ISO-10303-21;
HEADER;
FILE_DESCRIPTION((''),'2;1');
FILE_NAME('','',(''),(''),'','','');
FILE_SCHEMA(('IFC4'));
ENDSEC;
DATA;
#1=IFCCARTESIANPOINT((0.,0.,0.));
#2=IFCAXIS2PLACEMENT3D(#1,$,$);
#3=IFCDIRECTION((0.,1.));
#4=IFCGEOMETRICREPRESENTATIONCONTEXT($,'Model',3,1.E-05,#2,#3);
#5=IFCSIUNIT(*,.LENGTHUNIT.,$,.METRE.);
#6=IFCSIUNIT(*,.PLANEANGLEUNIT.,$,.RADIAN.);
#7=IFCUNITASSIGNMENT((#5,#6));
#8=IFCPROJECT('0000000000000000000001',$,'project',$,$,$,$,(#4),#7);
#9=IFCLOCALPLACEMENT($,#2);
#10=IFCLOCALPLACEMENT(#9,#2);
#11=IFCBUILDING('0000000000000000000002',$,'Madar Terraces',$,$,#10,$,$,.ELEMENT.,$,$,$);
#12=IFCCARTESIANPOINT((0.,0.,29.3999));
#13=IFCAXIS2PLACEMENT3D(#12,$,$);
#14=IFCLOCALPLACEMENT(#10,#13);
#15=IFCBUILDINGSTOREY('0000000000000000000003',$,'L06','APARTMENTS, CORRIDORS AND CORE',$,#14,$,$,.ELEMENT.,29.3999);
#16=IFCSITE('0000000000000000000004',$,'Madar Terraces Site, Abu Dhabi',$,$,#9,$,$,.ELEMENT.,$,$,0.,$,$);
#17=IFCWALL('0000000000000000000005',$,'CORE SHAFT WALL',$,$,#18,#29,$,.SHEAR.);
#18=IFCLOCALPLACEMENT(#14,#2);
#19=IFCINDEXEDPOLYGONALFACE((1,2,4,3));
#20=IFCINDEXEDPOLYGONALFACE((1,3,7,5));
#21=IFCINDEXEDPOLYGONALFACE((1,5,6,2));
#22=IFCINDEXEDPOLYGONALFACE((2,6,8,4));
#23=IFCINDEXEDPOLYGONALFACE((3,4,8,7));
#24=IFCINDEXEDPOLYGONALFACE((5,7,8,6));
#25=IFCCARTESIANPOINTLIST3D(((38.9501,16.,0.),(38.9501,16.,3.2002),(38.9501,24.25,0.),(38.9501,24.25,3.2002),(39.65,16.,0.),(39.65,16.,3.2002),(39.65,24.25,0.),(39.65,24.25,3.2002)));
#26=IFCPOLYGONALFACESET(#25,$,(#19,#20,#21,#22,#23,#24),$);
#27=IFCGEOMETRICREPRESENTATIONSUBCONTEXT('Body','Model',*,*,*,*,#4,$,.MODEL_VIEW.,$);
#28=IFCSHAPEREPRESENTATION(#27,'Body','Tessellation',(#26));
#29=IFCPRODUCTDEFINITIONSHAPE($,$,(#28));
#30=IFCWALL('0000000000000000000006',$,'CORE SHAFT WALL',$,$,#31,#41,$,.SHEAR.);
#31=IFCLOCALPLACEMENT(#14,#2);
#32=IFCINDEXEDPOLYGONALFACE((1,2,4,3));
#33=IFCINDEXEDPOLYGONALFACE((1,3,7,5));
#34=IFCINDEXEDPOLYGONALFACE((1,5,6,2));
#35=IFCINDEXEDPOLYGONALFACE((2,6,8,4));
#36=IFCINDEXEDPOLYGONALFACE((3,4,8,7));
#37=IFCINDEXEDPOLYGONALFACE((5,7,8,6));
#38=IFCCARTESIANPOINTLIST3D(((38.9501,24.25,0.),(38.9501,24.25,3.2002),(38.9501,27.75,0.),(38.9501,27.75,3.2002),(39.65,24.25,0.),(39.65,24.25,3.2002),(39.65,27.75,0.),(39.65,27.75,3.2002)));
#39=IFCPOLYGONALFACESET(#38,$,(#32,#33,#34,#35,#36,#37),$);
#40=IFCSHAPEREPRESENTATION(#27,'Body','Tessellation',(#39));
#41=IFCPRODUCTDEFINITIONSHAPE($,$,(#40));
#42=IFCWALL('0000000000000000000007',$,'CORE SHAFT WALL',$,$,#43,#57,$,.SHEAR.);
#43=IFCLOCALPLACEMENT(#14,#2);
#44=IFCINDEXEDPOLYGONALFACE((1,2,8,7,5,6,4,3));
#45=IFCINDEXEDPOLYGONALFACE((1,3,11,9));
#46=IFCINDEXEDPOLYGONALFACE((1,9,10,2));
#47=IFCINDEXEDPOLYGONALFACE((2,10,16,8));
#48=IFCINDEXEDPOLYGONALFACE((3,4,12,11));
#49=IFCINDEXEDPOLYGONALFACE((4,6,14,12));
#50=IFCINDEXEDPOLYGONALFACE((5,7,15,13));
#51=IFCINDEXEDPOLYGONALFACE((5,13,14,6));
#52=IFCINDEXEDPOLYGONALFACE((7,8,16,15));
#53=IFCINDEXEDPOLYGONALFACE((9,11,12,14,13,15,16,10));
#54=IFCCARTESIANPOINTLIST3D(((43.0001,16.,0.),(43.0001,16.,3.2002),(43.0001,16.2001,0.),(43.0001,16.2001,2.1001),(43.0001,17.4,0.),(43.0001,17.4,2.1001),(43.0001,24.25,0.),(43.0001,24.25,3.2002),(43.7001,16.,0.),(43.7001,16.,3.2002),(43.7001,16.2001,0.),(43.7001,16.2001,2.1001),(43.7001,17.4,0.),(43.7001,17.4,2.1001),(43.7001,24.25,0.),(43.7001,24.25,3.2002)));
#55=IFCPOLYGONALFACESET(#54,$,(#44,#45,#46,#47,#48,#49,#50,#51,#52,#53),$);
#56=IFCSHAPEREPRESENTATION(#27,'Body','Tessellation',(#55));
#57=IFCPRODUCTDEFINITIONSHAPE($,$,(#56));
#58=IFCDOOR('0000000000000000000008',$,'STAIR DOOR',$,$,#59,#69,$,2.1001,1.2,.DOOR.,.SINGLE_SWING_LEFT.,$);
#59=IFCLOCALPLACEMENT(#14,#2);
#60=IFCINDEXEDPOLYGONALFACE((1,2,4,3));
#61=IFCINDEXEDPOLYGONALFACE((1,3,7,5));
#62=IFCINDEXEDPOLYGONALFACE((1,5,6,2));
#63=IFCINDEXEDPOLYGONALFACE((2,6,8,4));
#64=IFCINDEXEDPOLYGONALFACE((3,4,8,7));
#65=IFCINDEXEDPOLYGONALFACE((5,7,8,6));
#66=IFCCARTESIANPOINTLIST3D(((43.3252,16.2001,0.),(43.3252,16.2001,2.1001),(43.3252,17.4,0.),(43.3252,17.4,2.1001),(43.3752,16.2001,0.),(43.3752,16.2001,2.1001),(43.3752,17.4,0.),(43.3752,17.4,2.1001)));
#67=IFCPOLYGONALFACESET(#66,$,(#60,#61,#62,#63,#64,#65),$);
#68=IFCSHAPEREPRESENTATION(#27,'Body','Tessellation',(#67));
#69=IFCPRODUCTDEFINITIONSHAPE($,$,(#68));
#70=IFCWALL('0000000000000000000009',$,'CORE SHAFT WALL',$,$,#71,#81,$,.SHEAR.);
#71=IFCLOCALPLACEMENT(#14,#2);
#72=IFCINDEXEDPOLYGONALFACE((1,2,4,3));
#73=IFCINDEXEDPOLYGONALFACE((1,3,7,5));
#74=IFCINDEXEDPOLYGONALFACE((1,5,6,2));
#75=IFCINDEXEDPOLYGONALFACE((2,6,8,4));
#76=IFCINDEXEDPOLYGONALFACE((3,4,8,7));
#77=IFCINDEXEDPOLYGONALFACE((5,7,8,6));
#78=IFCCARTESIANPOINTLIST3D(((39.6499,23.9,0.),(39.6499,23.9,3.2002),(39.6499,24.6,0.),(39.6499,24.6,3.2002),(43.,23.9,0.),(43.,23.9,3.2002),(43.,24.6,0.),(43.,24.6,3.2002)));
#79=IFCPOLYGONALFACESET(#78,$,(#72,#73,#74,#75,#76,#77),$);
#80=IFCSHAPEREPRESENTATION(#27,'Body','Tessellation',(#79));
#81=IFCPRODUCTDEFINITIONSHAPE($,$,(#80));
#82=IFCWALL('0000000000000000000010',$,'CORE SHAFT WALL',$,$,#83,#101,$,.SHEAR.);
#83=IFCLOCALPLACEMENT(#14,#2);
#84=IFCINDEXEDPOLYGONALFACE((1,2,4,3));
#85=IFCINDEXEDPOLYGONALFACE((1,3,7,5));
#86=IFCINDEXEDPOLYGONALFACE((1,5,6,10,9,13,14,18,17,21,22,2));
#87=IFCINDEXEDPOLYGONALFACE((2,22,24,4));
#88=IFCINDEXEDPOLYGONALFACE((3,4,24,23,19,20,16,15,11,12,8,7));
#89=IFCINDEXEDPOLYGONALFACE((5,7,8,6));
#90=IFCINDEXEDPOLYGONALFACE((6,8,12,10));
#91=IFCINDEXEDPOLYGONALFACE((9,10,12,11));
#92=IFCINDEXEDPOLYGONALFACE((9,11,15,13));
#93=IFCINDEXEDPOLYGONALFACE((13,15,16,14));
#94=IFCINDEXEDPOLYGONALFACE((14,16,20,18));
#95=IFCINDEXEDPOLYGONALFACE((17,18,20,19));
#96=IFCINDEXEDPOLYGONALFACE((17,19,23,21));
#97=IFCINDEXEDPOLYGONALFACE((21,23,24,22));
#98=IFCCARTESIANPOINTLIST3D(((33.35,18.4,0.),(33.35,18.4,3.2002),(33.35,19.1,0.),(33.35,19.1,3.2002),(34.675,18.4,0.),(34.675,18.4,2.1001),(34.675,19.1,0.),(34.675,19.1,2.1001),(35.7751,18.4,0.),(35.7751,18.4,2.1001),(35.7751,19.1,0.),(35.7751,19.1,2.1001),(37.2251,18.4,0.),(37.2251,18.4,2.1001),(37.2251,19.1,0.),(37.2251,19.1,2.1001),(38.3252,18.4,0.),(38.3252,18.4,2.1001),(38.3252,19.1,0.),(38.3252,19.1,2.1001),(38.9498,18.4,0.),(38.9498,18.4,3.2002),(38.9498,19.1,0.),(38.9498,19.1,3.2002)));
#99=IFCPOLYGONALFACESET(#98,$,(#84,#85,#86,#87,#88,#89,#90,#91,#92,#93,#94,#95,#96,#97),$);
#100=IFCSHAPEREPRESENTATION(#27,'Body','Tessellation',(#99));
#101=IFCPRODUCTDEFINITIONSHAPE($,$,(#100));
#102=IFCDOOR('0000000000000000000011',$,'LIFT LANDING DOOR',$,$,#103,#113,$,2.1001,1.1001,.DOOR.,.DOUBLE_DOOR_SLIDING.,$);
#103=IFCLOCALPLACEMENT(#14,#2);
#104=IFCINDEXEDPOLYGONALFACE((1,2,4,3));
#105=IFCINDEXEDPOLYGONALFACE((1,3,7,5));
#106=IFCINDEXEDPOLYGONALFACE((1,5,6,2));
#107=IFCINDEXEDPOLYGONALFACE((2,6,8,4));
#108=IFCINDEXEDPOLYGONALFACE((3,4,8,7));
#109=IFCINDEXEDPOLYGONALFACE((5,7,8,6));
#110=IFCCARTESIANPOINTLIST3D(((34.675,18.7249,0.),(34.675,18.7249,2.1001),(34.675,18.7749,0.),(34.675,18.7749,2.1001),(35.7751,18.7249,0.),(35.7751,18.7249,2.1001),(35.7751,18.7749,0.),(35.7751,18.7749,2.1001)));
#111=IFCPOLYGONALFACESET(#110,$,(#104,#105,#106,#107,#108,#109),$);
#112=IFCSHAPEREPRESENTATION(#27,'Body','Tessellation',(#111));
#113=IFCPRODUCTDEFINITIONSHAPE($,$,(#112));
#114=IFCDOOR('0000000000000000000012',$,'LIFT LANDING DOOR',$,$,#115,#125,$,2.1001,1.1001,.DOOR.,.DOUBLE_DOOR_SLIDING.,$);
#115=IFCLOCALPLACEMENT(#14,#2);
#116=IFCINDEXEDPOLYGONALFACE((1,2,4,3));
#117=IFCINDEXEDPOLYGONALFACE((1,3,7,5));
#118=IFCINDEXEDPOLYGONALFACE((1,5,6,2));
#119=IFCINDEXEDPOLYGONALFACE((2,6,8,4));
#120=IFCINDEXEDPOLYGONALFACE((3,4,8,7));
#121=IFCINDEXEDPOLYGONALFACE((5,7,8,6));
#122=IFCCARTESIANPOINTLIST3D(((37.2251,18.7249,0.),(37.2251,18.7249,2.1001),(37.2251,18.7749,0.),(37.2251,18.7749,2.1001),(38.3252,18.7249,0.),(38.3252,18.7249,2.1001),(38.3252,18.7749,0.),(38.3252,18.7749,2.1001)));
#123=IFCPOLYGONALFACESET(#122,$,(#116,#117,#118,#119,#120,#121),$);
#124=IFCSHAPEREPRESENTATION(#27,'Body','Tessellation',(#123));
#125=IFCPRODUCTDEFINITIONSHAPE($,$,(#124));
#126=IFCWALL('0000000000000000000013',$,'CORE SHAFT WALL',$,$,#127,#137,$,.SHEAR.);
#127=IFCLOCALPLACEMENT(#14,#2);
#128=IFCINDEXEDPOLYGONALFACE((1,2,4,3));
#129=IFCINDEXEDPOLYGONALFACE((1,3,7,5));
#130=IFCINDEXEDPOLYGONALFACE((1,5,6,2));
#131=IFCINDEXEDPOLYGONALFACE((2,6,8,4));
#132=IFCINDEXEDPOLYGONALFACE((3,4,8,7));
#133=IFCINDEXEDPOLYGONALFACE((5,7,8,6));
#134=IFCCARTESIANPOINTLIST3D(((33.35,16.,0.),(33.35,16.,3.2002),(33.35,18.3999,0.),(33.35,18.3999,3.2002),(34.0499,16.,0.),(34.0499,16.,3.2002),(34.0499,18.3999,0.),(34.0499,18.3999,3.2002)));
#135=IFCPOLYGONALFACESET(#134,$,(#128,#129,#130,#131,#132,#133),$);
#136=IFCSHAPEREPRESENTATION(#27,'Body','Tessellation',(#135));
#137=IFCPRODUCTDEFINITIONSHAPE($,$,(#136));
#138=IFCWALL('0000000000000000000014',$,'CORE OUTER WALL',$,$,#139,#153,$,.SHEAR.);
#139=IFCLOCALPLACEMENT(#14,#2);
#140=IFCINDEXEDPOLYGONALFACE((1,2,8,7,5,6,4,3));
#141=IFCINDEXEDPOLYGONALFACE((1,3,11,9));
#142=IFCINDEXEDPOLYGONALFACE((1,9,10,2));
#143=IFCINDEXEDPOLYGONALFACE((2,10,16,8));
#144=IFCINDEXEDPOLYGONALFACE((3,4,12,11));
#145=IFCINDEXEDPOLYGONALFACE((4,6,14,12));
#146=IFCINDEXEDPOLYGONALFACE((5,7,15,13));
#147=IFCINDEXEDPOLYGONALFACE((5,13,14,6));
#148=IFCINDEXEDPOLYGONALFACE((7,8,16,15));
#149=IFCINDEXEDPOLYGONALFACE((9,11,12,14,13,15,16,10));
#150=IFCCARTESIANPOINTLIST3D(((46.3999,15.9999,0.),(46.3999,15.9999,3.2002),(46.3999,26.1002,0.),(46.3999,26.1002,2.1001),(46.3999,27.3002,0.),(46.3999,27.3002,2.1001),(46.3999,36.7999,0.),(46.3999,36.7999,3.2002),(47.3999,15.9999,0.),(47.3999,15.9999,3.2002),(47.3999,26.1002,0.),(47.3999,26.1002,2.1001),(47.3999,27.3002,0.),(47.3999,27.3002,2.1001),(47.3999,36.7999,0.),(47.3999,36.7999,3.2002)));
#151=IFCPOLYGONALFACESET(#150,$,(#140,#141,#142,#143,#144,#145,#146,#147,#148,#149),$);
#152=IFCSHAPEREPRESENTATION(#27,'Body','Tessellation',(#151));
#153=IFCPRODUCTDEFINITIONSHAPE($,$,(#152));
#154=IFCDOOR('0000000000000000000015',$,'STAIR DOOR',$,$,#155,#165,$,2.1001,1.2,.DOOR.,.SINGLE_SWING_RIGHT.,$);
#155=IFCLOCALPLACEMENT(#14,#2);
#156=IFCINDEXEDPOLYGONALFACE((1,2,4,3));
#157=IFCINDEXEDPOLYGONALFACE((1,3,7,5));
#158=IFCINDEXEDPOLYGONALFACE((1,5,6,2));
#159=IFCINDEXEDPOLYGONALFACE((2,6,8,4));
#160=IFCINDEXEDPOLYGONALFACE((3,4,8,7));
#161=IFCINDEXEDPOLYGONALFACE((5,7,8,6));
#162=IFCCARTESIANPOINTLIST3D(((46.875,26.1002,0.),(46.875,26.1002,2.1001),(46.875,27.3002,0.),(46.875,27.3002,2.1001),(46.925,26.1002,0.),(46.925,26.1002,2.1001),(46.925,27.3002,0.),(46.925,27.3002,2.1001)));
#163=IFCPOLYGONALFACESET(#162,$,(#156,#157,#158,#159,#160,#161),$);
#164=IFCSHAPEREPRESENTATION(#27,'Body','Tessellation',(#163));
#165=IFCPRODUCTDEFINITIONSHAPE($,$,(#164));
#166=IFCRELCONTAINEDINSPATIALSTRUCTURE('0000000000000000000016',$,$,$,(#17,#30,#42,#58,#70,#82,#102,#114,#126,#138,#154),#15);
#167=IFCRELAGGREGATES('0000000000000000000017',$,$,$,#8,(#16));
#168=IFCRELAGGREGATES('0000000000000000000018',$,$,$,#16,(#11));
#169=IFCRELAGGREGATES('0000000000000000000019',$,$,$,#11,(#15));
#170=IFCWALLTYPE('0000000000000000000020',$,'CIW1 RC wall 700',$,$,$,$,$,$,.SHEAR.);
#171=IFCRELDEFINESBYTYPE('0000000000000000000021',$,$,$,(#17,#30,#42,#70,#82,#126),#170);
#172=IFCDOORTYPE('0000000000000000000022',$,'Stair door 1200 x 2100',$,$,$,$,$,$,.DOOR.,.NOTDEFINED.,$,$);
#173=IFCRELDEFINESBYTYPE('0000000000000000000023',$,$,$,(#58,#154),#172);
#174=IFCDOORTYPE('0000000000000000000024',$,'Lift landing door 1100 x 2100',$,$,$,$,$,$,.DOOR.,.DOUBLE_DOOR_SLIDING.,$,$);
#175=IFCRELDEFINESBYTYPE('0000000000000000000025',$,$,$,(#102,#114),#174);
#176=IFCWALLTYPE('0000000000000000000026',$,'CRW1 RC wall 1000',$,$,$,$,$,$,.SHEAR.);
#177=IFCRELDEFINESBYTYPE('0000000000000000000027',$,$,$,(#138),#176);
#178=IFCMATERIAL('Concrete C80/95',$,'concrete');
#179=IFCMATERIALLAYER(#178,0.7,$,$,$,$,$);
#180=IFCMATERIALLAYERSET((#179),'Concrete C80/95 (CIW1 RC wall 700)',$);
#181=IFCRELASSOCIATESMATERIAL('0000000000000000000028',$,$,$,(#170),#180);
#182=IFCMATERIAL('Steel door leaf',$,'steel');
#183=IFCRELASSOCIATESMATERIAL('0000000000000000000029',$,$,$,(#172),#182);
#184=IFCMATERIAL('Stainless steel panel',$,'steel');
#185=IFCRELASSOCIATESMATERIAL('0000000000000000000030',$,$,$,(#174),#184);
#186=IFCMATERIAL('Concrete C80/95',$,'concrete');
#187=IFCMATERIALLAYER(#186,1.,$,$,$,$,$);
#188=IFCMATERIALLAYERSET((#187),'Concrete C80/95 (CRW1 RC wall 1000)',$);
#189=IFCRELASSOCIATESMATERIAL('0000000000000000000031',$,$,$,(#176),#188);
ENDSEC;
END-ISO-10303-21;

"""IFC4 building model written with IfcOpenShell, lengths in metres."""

from ifc_helpers import new_model, si_unit, direction, frame, frame_2d, origin, place, context, subcontext, project, spatial, rectangle, extrude, material, layer, layer_set, type_object, element, fill, save


model = new_model("IFC4")

# Units and contexts
model_context = context("Model", 3, precision=1e-05, world=origin(), true_north=direction((0.0, 1.0)))
body_context = subcontext(model_context, "Body", "Model", "MODEL_VIEW")
ifc_project = project(units=[si_unit("LENGTHUNIT", "METRE"), si_unit("PLANEANGLEUNIT", "RADIAN")], contexts=[model_context])

# Site, building, storey
site_placement = place(None, origin())
site = spatial("IfcSite", under=ifc_project, at=site_placement, Name="Madar Terraces Site, Abu Dhabi", CompositionType="ELEMENT", RefElevation=0.0)
building_placement = place(site_placement, origin())
building = spatial("IfcBuilding", under=site, at=building_placement, Name="Madar Terraces", CompositionType="ELEMENT")
storey_placement = place(building_placement, frame((0.0, 0.0, 29.3999)))
storey = spatial("IfcBuildingStorey", under=building, at=storey_placement, Name="L06", Description="APARTMENTS, CORRIDORS AND CORE", CompositionType="ELEMENT", Elevation=29.3999)

# Walls
ifc_material_1 = material(Name="Concrete C80/95", Category="concrete")
ifc_layer_1 = layer(ifc_material_1, 0.7)
ifc_layer_set_1 = layer_set([ifc_layer_1], Name="Concrete C80/95 (CIW1 RC wall 700)")
wall_type_1 = type_object("IfcWallType", Name="CIW1 RC wall 700", PredefinedType="SHEAR", material=ifc_layer_set_1)
wall_1_placement = place(storey_placement, frame((39.3, 16.0, 0.0), z_axis=(0.0, 0.0, 1.0), x_axis=(0.0, 1.0, 0.0)))
element("IfcWall", 1, at=wall_1_placement, inside=storey, type_object=wall_type_1, Name="CORE SHAFT WALL", PredefinedType="SHEAR", context=body_context, shape_type="SweptSolid", body=[
    extrude(rectangle(XDim=8.25, YDim=0.7, at=frame_2d((4.125, 0.0))), origin(), (0.0, 0.0, 1.0), 3.2002),
])
wall_2_placement = place(storey_placement, frame((39.3, 24.25, 0.0), z_axis=(0.0, 0.0, 1.0), x_axis=(0.0, 1.0, 0.0)))
element("IfcWall", 2, at=wall_2_placement, inside=storey, type_object=wall_type_1, Name="CORE SHAFT WALL", PredefinedType="SHEAR", context=body_context, shape_type="SweptSolid", body=[
    extrude(rectangle(XDim=3.5, YDim=0.7, at=frame_2d((1.75, 0.0))), origin(), (0.0, 0.0, 1.0), 3.2002),
])

# Wall, opening, door
wall_3_placement = place(storey_placement, frame((43.3501, 16.0, 0.0), z_axis=(0.0, 0.0, 1.0), x_axis=(0.0, 1.0, 0.0)))
wall_3 = element("IfcWall", 3, at=wall_3_placement, inside=storey, type_object=wall_type_1, Name="CORE SHAFT WALL", PredefinedType="SHEAR", context=body_context, shape_type="SweptSolid", body=[
    extrude(rectangle(XDim=8.25, YDim=0.7, at=frame_2d((4.125, 0.0))), origin(), (0.0, 0.0, 1.0), 3.2002),
])
opening_1_placement = place(wall_3_placement, frame((0.2, 0.0, 0.0)))
opening_1 = element("IfcOpeningElement", 4, at=opening_1_placement, cuts=wall_3, PredefinedType="OPENING", context=body_context, shape_type="SweptSolid", body=[
    extrude(rectangle(XDim=1.2, YDim=2.1001, at=frame_2d((0.6001, 1.05))), frame((0.0, 0.3599, 0.0), z_axis=(0.0, -1.0, 0.0), x_axis=(1.0, 0.0, 0.0)), (0.0, 0.0, 1.0), 0.72),
])
ifc_material_2 = material(Name="Steel door leaf", Category="steel")
door_type_1 = type_object("IfcDoorType", Name="Stair door 1200 x 2100", OperationType="NOTDEFINED", PredefinedType="DOOR", material=ifc_material_2)
door_1_placement = place(opening_1_placement, origin())
door_1 = element("IfcDoor", 5, at=door_1_placement, inside=storey, type_object=door_type_1, Name="STAIR DOOR", OperationType="SINGLE_SWING_LEFT", OverallHeight=2.1001, OverallWidth=1.2, PredefinedType="DOOR", context=body_context, shape_type="SweptSolid", body=[
    extrude(rectangle(XDim=1.2, YDim=2.1001, at=frame_2d((0.6001, 1.05))), frame((0.0, 0.0249, 0.0), z_axis=(0.0, -1.0, 0.0), x_axis=(1.0, 0.0, 0.0)), (0.0, 0.0, 1.0), 0.05),
])
fill(opening_1, door_1)

# Wall
wall_4_placement = place(storey_placement, frame((39.6499, 24.25, 0.0), z_axis=(0.0, 0.0, 1.0), x_axis=(1.0, 0.0, 0.0)))
element("IfcWall", 6, at=wall_4_placement, inside=storey, type_object=wall_type_1, Name="CORE SHAFT WALL", PredefinedType="SHEAR", context=body_context, shape_type="SweptSolid", body=[
    extrude(rectangle(XDim=3.3501, YDim=0.7, at=frame_2d((1.675, 0.0))), origin(), (0.0, 0.0, 1.0), 3.2002),
])

# Wall, openings, doors
wall_5_placement = place(storey_placement, frame((33.3501, 18.75, 0.0), z_axis=(0.0, 0.0, 1.0), x_axis=(1.0, 0.0, 0.0)))
wall_5 = element("IfcWall", 7, at=wall_5_placement, inside=storey, type_object=wall_type_1, Name="CORE SHAFT WALL", PredefinedType="SHEAR", context=body_context, shape_type="SweptSolid", body=[
    extrude(rectangle(XDim=5.5999, YDim=0.7, at=frame_2d((2.7998, 0.0))), origin(), (0.0, 0.0, 1.0), 3.2002),
])
opening_2_placement = place(wall_5_placement, frame((1.325, 0.0, 0.0)))
opening_2 = element("IfcOpeningElement", 8, at=opening_2_placement, cuts=wall_5, PredefinedType="OPENING", context=body_context, shape_type="SweptSolid", body=[
    extrude(rectangle(XDim=1.1001, YDim=2.1001, at=frame_2d((0.55, 1.05))), frame((0.0, 0.3599, 0.0), z_axis=(0.0, -1.0, 0.0), x_axis=(1.0, 0.0, 0.0)), (0.0, 0.0, 1.0), 0.72),
])
opening_3_placement = place(wall_5_placement, frame((3.875, 0.0, 0.0)))
opening_3 = element("IfcOpeningElement", 9, at=opening_3_placement, cuts=wall_5, PredefinedType="OPENING", context=body_context, shape_type="SweptSolid", body=[
    extrude(rectangle(XDim=1.1001, YDim=2.1001, at=frame_2d((0.55, 1.05))), frame((0.0, 0.3599, 0.0), z_axis=(0.0, -1.0, 0.0), x_axis=(1.0, 0.0, 0.0)), (0.0, 0.0, 1.0), 0.72),
])
ifc_material_3 = material(Name="Stainless steel panel", Category="steel")
door_type_2 = type_object("IfcDoorType", Name="Lift landing door 1100 x 2100", OperationType="DOUBLE_DOOR_SLIDING", PredefinedType="DOOR", material=ifc_material_3)
door_2_placement = place(opening_2_placement, origin())
door_2 = element("IfcDoor", 10, at=door_2_placement, inside=storey, type_object=door_type_2, Name="LIFT LANDING DOOR", OperationType="DOUBLE_DOOR_SLIDING", OverallHeight=2.1001, OverallWidth=1.1001, PredefinedType="DOOR", context=body_context, shape_type="SweptSolid", body=[
    extrude(rectangle(XDim=1.1001, YDim=2.1001, at=frame_2d((0.55, 1.05))), frame((0.0, 0.0249, 0.0), z_axis=(0.0, -1.0, 0.0), x_axis=(1.0, 0.0, 0.0)), (0.0, 0.0, 1.0), 0.05),
])
fill(opening_2, door_2)
door_3_placement = place(opening_3_placement, origin())
door_3 = element("IfcDoor", 11, at=door_3_placement, inside=storey, type_object=door_type_2, Name="LIFT LANDING DOOR", OperationType="DOUBLE_DOOR_SLIDING", OverallHeight=2.1001, OverallWidth=1.1001, PredefinedType="DOOR", context=body_context, shape_type="SweptSolid", body=[
    extrude(rectangle(XDim=1.1001, YDim=2.1001, at=frame_2d((0.55, 1.05))), frame((0.0, 0.0249, 0.0), z_axis=(0.0, -1.0, 0.0), x_axis=(1.0, 0.0, 0.0)), (0.0, 0.0, 1.0), 0.05),
])
fill(opening_3, door_3)

# Wall
wall_6_placement = place(storey_placement, frame((33.7, 16.0, 0.0), z_axis=(0.0, 0.0, 1.0), x_axis=(0.0, 1.0, 0.0)))
element("IfcWall", 12, at=wall_6_placement, inside=storey, type_object=wall_type_1, Name="CORE SHAFT WALL", PredefinedType="SHEAR", context=body_context, shape_type="SweptSolid", body=[
    extrude(rectangle(XDim=2.3999, YDim=0.7, at=frame_2d((1.2, 0.0))), origin(), (0.0, 0.0, 1.0), 3.2002),
])

# Wall, opening, door
ifc_material_4 = material(Name="Concrete C80/95", Category="concrete")
ifc_layer_2 = layer(ifc_material_4, 1.0)
ifc_layer_set_2 = layer_set([ifc_layer_2], Name="Concrete C80/95 (CRW1 RC wall 1000)")
wall_type_2 = type_object("IfcWallType", Name="CRW1 RC wall 1000", PredefinedType="SHEAR", material=ifc_layer_set_2)
wall_7_placement = place(storey_placement, frame((46.8999, 16.0, 0.0), z_axis=(0.0, 0.0, 1.0), x_axis=(0.0, 1.0, 0.0)))
wall_7 = element("IfcWall", 13, at=wall_7_placement, inside=storey, type_object=wall_type_2, Name="CORE OUTER WALL", PredefinedType="SHEAR", context=body_context, shape_type="SweptSolid", body=[
    extrude(rectangle(XDim=20.8, YDim=1.0, at=frame_2d((10.3999, 0.0))), origin(), (0.0, 0.0, 1.0), 3.2002),
])
opening_4_placement = place(wall_7_placement, frame((10.1001, 0.0, 0.0)))
opening_4 = element("IfcOpeningElement", 14, at=opening_4_placement, cuts=wall_7, PredefinedType="OPENING", context=body_context, shape_type="SweptSolid", body=[
    extrude(rectangle(XDim=1.2, YDim=2.1001, at=frame_2d((0.6001, 1.05))), frame((0.0, 0.51, 0.0), z_axis=(0.0, -1.0, 0.0), x_axis=(1.0, 0.0, 0.0)), (0.0, 0.0, 1.0), 1.02),
])
door_4_placement = place(opening_4_placement, origin())
door_4 = element("IfcDoor", 15, at=door_4_placement, inside=storey, type_object=door_type_1, Name="STAIR DOOR", OperationType="SINGLE_SWING_RIGHT", OverallHeight=2.1001, OverallWidth=1.2, PredefinedType="DOOR", context=body_context, shape_type="SweptSolid", body=[
    extrude(rectangle(XDim=1.2, YDim=2.1001, at=frame_2d((0.6001, 1.05))), frame((0.0, 0.0249, 0.0), z_axis=(0.0, -1.0, 0.0), x_axis=(1.0, 0.0, 0.0)), (0.0, 0.0, 1.0), 0.05),
])
fill(opening_4, door_4)

save(model, "model.ifc")
